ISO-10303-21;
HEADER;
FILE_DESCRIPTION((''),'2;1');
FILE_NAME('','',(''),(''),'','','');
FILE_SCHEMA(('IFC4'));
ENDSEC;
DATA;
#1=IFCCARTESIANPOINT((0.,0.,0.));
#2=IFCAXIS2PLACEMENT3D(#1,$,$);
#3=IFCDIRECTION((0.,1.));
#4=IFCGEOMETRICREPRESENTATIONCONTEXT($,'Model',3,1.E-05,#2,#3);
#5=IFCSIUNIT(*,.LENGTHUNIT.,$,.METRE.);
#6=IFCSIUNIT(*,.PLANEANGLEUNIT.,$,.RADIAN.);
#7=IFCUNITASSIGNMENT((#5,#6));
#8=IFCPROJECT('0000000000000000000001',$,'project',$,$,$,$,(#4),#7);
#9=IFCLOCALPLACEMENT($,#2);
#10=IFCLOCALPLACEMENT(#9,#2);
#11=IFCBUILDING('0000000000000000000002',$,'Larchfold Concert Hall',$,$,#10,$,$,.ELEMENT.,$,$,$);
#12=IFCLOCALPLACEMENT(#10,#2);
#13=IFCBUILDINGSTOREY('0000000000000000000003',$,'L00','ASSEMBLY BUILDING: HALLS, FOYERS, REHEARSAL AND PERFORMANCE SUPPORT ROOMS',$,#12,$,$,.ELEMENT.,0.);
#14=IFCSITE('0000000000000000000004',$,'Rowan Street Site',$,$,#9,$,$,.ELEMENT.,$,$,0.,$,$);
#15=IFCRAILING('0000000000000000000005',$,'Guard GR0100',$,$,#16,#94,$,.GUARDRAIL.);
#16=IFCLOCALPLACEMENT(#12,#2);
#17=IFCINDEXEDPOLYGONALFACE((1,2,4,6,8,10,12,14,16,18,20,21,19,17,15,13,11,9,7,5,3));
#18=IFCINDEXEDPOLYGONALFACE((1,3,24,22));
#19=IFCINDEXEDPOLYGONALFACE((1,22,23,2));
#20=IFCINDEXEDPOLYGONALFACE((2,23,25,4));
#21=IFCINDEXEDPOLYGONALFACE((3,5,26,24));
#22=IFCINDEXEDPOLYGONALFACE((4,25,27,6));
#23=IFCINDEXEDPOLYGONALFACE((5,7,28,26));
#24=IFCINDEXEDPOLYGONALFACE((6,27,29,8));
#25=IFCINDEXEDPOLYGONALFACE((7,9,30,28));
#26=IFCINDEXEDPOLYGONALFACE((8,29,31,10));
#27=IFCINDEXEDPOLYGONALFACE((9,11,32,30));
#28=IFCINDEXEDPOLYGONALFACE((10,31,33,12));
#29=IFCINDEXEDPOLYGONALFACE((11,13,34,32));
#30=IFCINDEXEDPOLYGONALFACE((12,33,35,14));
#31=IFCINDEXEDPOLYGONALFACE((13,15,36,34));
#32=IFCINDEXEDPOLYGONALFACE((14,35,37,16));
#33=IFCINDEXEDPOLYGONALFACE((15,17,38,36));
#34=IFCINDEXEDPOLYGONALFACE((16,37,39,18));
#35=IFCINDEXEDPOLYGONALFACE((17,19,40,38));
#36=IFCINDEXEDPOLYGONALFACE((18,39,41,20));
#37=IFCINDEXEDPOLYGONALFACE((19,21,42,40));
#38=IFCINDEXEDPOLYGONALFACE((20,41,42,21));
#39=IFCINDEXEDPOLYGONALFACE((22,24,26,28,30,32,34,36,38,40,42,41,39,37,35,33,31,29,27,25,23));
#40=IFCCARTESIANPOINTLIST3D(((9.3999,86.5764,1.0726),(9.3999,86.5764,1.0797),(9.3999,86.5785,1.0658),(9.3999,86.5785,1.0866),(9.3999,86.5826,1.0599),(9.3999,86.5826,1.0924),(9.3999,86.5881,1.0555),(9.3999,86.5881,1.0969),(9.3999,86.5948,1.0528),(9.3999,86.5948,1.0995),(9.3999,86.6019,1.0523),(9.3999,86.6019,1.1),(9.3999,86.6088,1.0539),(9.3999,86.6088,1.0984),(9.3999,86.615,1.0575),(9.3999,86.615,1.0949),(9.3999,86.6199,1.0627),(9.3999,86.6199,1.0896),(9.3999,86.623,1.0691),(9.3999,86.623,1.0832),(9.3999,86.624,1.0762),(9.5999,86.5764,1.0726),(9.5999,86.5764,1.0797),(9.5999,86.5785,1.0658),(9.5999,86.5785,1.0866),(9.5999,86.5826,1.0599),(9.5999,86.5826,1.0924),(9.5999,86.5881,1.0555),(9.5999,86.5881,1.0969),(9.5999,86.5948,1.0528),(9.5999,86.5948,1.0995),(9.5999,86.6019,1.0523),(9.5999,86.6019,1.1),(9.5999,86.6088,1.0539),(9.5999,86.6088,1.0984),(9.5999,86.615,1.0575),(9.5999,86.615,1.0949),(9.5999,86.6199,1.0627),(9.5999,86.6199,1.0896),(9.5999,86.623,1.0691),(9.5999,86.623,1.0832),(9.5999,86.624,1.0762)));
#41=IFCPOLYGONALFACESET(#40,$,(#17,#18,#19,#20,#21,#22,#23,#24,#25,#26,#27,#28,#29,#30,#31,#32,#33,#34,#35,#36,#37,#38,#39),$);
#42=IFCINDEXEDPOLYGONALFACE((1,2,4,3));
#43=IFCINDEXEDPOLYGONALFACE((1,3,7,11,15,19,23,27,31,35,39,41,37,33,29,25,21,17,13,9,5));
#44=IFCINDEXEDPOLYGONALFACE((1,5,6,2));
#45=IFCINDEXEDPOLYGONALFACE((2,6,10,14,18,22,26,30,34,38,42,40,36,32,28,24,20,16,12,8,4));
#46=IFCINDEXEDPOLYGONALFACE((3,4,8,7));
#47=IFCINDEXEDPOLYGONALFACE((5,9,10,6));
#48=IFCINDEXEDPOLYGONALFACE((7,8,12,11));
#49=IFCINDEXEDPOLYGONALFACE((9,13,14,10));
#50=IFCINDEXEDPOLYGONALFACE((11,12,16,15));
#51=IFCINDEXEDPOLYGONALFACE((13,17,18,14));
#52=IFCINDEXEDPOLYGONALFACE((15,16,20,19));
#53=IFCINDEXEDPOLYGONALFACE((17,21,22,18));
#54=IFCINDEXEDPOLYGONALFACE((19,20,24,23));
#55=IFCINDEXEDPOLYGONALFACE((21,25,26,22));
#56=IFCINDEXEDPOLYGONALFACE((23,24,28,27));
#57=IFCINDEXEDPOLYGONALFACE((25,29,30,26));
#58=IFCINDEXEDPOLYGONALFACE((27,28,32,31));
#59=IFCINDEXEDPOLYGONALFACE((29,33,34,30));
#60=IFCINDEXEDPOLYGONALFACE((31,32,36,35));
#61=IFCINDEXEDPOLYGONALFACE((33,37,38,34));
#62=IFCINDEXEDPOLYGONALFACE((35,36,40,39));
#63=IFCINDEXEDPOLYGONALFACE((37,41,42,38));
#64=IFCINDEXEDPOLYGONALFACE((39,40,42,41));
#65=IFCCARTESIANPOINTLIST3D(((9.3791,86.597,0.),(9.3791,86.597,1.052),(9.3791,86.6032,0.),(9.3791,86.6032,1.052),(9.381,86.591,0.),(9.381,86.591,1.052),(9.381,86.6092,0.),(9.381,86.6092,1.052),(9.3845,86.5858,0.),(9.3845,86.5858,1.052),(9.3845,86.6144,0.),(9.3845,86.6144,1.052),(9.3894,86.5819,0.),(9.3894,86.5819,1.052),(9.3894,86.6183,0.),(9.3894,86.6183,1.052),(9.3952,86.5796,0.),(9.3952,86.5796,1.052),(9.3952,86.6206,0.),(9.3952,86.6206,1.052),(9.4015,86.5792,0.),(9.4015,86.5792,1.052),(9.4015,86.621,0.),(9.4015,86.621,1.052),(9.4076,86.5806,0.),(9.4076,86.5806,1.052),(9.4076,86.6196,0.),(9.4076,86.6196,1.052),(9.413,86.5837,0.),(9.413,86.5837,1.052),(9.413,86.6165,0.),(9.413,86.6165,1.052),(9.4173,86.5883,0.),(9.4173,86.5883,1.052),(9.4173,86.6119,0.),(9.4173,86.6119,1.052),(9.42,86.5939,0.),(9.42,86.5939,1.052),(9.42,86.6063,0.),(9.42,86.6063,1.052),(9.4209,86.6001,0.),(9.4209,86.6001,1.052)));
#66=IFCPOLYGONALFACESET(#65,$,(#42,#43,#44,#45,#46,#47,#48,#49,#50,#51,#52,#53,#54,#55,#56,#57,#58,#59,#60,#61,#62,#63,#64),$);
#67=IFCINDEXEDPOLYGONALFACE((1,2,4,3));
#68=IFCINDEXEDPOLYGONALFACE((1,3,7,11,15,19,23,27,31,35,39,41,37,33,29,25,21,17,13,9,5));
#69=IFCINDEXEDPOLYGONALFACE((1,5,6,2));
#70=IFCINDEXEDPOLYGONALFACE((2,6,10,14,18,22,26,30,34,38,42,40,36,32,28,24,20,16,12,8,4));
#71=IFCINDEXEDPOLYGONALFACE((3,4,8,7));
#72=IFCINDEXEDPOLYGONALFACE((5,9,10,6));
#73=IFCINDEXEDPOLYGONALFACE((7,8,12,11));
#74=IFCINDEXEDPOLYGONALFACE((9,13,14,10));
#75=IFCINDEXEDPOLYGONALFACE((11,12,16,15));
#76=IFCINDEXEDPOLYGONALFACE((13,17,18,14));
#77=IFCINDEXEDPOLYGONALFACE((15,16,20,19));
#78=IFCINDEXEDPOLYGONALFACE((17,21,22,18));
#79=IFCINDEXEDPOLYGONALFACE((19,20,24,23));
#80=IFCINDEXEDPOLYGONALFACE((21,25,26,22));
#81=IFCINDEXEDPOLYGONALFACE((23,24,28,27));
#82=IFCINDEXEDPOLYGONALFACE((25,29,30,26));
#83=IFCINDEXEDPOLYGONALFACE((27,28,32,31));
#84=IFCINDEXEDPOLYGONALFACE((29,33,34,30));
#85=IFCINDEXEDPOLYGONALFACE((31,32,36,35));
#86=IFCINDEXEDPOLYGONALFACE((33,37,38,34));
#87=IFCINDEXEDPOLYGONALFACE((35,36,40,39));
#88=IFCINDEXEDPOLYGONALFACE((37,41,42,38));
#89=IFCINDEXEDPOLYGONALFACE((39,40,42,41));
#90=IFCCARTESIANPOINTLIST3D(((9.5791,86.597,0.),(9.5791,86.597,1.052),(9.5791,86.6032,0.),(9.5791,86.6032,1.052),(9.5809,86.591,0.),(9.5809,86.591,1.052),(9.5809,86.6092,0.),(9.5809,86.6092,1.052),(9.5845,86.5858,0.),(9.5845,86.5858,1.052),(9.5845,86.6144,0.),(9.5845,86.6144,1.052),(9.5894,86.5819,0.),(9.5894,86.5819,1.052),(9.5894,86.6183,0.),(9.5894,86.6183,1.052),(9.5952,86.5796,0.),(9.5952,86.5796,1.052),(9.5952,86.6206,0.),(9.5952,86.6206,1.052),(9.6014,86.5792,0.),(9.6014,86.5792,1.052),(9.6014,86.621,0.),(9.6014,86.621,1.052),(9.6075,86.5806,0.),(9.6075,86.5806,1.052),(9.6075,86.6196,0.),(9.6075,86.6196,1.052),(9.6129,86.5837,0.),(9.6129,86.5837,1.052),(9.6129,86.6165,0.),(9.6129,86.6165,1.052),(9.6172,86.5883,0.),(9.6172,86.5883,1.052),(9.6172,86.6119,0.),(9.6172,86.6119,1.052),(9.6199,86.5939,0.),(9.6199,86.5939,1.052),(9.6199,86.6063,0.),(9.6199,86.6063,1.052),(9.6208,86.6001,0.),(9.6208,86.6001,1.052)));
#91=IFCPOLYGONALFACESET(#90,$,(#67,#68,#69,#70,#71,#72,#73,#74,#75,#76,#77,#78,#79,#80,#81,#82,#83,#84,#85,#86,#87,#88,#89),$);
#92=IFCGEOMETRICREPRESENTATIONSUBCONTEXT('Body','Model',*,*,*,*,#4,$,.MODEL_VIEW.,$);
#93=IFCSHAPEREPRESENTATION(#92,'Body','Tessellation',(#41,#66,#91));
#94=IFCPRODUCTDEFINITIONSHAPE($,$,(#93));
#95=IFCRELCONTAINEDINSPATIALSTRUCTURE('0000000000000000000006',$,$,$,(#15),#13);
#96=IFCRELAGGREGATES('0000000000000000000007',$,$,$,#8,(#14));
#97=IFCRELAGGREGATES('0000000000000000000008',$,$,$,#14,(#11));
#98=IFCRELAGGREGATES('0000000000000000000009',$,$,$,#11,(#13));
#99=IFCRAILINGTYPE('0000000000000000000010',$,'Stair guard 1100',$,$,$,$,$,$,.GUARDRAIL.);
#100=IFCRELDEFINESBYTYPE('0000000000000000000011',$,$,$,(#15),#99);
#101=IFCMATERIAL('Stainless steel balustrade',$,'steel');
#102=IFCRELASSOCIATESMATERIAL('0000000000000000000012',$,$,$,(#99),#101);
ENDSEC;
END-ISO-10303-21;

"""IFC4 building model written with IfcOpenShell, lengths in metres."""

from ifc_helpers import new_model, si_unit, direction, frame, origin, origin_2d, place, context, subcontext, project, spatial, circle, extrude, material, type_object, element, save


model = new_model("IFC4")

# Units and contexts
model_context = context("Model", 3, precision=1e-05, world=origin(), true_north=direction((0.0, 1.0)))
body_context = subcontext(model_context, "Body", "Model", "MODEL_VIEW")
ifc_project = project(units=[si_unit("LENGTHUNIT", "METRE"), si_unit("PLANEANGLEUNIT", "RADIAN")], contexts=[model_context])

# Site, building, storey
site_placement = place(None, origin())
site = spatial("IfcSite", under=ifc_project, at=site_placement, Name="Rowan Street Site", CompositionType="ELEMENT", RefElevation=0.0)
building_placement = place(site_placement, origin())
building = spatial("IfcBuilding", under=site, at=building_placement, Name="Larchfold Concert Hall", CompositionType="ELEMENT")
storey_placement = place(building_placement, origin())
storey = spatial("IfcBuildingStorey", under=building, at=storey_placement, Name="L00", Description="ASSEMBLY BUILDING: HALLS, FOYERS, REHEARSAL AND PERFORMANCE SUPPORT ROOMS", CompositionType="ELEMENT", Elevation=0.0)

# Railing
ifc_material_1 = material(Name="Stainless steel balustrade", Category="steel")
railing_type_1 = type_object("IfcRailingType", Name="Stair guard 1100", PredefinedType="GUARDRAIL", material=ifc_material_1)
railing_1_placement = place(storey_placement, frame((9.3999, 86.6001, 0.0)))
element("IfcRailing", 1, at=railing_1_placement, inside=storey, type_object=railing_type_1, Name="Guard GR0100", PredefinedType="GUARDRAIL", context=body_context, shape_type="SweptSolid", body=[
    extrude(circle(Radius=0.0239, at=origin_2d()), frame((0.0, 0.0, 1.0762), z_axis=(1.0, 0.0, 0.0), x_axis=(0.0, 1.0, 0.0)), (0.0, 0.0, 1.0), 0.2),
    extrude(circle(Radius=0.021, at=origin_2d()), origin(), (0.0, 0.0, 1.0), 1.052),
    extrude(circle(Radius=0.021, at=origin_2d()), frame((0.2, 0.0, 0.0)), (0.0, 0.0, 1.0), 1.052),
])

save(model, "model.ifc")
